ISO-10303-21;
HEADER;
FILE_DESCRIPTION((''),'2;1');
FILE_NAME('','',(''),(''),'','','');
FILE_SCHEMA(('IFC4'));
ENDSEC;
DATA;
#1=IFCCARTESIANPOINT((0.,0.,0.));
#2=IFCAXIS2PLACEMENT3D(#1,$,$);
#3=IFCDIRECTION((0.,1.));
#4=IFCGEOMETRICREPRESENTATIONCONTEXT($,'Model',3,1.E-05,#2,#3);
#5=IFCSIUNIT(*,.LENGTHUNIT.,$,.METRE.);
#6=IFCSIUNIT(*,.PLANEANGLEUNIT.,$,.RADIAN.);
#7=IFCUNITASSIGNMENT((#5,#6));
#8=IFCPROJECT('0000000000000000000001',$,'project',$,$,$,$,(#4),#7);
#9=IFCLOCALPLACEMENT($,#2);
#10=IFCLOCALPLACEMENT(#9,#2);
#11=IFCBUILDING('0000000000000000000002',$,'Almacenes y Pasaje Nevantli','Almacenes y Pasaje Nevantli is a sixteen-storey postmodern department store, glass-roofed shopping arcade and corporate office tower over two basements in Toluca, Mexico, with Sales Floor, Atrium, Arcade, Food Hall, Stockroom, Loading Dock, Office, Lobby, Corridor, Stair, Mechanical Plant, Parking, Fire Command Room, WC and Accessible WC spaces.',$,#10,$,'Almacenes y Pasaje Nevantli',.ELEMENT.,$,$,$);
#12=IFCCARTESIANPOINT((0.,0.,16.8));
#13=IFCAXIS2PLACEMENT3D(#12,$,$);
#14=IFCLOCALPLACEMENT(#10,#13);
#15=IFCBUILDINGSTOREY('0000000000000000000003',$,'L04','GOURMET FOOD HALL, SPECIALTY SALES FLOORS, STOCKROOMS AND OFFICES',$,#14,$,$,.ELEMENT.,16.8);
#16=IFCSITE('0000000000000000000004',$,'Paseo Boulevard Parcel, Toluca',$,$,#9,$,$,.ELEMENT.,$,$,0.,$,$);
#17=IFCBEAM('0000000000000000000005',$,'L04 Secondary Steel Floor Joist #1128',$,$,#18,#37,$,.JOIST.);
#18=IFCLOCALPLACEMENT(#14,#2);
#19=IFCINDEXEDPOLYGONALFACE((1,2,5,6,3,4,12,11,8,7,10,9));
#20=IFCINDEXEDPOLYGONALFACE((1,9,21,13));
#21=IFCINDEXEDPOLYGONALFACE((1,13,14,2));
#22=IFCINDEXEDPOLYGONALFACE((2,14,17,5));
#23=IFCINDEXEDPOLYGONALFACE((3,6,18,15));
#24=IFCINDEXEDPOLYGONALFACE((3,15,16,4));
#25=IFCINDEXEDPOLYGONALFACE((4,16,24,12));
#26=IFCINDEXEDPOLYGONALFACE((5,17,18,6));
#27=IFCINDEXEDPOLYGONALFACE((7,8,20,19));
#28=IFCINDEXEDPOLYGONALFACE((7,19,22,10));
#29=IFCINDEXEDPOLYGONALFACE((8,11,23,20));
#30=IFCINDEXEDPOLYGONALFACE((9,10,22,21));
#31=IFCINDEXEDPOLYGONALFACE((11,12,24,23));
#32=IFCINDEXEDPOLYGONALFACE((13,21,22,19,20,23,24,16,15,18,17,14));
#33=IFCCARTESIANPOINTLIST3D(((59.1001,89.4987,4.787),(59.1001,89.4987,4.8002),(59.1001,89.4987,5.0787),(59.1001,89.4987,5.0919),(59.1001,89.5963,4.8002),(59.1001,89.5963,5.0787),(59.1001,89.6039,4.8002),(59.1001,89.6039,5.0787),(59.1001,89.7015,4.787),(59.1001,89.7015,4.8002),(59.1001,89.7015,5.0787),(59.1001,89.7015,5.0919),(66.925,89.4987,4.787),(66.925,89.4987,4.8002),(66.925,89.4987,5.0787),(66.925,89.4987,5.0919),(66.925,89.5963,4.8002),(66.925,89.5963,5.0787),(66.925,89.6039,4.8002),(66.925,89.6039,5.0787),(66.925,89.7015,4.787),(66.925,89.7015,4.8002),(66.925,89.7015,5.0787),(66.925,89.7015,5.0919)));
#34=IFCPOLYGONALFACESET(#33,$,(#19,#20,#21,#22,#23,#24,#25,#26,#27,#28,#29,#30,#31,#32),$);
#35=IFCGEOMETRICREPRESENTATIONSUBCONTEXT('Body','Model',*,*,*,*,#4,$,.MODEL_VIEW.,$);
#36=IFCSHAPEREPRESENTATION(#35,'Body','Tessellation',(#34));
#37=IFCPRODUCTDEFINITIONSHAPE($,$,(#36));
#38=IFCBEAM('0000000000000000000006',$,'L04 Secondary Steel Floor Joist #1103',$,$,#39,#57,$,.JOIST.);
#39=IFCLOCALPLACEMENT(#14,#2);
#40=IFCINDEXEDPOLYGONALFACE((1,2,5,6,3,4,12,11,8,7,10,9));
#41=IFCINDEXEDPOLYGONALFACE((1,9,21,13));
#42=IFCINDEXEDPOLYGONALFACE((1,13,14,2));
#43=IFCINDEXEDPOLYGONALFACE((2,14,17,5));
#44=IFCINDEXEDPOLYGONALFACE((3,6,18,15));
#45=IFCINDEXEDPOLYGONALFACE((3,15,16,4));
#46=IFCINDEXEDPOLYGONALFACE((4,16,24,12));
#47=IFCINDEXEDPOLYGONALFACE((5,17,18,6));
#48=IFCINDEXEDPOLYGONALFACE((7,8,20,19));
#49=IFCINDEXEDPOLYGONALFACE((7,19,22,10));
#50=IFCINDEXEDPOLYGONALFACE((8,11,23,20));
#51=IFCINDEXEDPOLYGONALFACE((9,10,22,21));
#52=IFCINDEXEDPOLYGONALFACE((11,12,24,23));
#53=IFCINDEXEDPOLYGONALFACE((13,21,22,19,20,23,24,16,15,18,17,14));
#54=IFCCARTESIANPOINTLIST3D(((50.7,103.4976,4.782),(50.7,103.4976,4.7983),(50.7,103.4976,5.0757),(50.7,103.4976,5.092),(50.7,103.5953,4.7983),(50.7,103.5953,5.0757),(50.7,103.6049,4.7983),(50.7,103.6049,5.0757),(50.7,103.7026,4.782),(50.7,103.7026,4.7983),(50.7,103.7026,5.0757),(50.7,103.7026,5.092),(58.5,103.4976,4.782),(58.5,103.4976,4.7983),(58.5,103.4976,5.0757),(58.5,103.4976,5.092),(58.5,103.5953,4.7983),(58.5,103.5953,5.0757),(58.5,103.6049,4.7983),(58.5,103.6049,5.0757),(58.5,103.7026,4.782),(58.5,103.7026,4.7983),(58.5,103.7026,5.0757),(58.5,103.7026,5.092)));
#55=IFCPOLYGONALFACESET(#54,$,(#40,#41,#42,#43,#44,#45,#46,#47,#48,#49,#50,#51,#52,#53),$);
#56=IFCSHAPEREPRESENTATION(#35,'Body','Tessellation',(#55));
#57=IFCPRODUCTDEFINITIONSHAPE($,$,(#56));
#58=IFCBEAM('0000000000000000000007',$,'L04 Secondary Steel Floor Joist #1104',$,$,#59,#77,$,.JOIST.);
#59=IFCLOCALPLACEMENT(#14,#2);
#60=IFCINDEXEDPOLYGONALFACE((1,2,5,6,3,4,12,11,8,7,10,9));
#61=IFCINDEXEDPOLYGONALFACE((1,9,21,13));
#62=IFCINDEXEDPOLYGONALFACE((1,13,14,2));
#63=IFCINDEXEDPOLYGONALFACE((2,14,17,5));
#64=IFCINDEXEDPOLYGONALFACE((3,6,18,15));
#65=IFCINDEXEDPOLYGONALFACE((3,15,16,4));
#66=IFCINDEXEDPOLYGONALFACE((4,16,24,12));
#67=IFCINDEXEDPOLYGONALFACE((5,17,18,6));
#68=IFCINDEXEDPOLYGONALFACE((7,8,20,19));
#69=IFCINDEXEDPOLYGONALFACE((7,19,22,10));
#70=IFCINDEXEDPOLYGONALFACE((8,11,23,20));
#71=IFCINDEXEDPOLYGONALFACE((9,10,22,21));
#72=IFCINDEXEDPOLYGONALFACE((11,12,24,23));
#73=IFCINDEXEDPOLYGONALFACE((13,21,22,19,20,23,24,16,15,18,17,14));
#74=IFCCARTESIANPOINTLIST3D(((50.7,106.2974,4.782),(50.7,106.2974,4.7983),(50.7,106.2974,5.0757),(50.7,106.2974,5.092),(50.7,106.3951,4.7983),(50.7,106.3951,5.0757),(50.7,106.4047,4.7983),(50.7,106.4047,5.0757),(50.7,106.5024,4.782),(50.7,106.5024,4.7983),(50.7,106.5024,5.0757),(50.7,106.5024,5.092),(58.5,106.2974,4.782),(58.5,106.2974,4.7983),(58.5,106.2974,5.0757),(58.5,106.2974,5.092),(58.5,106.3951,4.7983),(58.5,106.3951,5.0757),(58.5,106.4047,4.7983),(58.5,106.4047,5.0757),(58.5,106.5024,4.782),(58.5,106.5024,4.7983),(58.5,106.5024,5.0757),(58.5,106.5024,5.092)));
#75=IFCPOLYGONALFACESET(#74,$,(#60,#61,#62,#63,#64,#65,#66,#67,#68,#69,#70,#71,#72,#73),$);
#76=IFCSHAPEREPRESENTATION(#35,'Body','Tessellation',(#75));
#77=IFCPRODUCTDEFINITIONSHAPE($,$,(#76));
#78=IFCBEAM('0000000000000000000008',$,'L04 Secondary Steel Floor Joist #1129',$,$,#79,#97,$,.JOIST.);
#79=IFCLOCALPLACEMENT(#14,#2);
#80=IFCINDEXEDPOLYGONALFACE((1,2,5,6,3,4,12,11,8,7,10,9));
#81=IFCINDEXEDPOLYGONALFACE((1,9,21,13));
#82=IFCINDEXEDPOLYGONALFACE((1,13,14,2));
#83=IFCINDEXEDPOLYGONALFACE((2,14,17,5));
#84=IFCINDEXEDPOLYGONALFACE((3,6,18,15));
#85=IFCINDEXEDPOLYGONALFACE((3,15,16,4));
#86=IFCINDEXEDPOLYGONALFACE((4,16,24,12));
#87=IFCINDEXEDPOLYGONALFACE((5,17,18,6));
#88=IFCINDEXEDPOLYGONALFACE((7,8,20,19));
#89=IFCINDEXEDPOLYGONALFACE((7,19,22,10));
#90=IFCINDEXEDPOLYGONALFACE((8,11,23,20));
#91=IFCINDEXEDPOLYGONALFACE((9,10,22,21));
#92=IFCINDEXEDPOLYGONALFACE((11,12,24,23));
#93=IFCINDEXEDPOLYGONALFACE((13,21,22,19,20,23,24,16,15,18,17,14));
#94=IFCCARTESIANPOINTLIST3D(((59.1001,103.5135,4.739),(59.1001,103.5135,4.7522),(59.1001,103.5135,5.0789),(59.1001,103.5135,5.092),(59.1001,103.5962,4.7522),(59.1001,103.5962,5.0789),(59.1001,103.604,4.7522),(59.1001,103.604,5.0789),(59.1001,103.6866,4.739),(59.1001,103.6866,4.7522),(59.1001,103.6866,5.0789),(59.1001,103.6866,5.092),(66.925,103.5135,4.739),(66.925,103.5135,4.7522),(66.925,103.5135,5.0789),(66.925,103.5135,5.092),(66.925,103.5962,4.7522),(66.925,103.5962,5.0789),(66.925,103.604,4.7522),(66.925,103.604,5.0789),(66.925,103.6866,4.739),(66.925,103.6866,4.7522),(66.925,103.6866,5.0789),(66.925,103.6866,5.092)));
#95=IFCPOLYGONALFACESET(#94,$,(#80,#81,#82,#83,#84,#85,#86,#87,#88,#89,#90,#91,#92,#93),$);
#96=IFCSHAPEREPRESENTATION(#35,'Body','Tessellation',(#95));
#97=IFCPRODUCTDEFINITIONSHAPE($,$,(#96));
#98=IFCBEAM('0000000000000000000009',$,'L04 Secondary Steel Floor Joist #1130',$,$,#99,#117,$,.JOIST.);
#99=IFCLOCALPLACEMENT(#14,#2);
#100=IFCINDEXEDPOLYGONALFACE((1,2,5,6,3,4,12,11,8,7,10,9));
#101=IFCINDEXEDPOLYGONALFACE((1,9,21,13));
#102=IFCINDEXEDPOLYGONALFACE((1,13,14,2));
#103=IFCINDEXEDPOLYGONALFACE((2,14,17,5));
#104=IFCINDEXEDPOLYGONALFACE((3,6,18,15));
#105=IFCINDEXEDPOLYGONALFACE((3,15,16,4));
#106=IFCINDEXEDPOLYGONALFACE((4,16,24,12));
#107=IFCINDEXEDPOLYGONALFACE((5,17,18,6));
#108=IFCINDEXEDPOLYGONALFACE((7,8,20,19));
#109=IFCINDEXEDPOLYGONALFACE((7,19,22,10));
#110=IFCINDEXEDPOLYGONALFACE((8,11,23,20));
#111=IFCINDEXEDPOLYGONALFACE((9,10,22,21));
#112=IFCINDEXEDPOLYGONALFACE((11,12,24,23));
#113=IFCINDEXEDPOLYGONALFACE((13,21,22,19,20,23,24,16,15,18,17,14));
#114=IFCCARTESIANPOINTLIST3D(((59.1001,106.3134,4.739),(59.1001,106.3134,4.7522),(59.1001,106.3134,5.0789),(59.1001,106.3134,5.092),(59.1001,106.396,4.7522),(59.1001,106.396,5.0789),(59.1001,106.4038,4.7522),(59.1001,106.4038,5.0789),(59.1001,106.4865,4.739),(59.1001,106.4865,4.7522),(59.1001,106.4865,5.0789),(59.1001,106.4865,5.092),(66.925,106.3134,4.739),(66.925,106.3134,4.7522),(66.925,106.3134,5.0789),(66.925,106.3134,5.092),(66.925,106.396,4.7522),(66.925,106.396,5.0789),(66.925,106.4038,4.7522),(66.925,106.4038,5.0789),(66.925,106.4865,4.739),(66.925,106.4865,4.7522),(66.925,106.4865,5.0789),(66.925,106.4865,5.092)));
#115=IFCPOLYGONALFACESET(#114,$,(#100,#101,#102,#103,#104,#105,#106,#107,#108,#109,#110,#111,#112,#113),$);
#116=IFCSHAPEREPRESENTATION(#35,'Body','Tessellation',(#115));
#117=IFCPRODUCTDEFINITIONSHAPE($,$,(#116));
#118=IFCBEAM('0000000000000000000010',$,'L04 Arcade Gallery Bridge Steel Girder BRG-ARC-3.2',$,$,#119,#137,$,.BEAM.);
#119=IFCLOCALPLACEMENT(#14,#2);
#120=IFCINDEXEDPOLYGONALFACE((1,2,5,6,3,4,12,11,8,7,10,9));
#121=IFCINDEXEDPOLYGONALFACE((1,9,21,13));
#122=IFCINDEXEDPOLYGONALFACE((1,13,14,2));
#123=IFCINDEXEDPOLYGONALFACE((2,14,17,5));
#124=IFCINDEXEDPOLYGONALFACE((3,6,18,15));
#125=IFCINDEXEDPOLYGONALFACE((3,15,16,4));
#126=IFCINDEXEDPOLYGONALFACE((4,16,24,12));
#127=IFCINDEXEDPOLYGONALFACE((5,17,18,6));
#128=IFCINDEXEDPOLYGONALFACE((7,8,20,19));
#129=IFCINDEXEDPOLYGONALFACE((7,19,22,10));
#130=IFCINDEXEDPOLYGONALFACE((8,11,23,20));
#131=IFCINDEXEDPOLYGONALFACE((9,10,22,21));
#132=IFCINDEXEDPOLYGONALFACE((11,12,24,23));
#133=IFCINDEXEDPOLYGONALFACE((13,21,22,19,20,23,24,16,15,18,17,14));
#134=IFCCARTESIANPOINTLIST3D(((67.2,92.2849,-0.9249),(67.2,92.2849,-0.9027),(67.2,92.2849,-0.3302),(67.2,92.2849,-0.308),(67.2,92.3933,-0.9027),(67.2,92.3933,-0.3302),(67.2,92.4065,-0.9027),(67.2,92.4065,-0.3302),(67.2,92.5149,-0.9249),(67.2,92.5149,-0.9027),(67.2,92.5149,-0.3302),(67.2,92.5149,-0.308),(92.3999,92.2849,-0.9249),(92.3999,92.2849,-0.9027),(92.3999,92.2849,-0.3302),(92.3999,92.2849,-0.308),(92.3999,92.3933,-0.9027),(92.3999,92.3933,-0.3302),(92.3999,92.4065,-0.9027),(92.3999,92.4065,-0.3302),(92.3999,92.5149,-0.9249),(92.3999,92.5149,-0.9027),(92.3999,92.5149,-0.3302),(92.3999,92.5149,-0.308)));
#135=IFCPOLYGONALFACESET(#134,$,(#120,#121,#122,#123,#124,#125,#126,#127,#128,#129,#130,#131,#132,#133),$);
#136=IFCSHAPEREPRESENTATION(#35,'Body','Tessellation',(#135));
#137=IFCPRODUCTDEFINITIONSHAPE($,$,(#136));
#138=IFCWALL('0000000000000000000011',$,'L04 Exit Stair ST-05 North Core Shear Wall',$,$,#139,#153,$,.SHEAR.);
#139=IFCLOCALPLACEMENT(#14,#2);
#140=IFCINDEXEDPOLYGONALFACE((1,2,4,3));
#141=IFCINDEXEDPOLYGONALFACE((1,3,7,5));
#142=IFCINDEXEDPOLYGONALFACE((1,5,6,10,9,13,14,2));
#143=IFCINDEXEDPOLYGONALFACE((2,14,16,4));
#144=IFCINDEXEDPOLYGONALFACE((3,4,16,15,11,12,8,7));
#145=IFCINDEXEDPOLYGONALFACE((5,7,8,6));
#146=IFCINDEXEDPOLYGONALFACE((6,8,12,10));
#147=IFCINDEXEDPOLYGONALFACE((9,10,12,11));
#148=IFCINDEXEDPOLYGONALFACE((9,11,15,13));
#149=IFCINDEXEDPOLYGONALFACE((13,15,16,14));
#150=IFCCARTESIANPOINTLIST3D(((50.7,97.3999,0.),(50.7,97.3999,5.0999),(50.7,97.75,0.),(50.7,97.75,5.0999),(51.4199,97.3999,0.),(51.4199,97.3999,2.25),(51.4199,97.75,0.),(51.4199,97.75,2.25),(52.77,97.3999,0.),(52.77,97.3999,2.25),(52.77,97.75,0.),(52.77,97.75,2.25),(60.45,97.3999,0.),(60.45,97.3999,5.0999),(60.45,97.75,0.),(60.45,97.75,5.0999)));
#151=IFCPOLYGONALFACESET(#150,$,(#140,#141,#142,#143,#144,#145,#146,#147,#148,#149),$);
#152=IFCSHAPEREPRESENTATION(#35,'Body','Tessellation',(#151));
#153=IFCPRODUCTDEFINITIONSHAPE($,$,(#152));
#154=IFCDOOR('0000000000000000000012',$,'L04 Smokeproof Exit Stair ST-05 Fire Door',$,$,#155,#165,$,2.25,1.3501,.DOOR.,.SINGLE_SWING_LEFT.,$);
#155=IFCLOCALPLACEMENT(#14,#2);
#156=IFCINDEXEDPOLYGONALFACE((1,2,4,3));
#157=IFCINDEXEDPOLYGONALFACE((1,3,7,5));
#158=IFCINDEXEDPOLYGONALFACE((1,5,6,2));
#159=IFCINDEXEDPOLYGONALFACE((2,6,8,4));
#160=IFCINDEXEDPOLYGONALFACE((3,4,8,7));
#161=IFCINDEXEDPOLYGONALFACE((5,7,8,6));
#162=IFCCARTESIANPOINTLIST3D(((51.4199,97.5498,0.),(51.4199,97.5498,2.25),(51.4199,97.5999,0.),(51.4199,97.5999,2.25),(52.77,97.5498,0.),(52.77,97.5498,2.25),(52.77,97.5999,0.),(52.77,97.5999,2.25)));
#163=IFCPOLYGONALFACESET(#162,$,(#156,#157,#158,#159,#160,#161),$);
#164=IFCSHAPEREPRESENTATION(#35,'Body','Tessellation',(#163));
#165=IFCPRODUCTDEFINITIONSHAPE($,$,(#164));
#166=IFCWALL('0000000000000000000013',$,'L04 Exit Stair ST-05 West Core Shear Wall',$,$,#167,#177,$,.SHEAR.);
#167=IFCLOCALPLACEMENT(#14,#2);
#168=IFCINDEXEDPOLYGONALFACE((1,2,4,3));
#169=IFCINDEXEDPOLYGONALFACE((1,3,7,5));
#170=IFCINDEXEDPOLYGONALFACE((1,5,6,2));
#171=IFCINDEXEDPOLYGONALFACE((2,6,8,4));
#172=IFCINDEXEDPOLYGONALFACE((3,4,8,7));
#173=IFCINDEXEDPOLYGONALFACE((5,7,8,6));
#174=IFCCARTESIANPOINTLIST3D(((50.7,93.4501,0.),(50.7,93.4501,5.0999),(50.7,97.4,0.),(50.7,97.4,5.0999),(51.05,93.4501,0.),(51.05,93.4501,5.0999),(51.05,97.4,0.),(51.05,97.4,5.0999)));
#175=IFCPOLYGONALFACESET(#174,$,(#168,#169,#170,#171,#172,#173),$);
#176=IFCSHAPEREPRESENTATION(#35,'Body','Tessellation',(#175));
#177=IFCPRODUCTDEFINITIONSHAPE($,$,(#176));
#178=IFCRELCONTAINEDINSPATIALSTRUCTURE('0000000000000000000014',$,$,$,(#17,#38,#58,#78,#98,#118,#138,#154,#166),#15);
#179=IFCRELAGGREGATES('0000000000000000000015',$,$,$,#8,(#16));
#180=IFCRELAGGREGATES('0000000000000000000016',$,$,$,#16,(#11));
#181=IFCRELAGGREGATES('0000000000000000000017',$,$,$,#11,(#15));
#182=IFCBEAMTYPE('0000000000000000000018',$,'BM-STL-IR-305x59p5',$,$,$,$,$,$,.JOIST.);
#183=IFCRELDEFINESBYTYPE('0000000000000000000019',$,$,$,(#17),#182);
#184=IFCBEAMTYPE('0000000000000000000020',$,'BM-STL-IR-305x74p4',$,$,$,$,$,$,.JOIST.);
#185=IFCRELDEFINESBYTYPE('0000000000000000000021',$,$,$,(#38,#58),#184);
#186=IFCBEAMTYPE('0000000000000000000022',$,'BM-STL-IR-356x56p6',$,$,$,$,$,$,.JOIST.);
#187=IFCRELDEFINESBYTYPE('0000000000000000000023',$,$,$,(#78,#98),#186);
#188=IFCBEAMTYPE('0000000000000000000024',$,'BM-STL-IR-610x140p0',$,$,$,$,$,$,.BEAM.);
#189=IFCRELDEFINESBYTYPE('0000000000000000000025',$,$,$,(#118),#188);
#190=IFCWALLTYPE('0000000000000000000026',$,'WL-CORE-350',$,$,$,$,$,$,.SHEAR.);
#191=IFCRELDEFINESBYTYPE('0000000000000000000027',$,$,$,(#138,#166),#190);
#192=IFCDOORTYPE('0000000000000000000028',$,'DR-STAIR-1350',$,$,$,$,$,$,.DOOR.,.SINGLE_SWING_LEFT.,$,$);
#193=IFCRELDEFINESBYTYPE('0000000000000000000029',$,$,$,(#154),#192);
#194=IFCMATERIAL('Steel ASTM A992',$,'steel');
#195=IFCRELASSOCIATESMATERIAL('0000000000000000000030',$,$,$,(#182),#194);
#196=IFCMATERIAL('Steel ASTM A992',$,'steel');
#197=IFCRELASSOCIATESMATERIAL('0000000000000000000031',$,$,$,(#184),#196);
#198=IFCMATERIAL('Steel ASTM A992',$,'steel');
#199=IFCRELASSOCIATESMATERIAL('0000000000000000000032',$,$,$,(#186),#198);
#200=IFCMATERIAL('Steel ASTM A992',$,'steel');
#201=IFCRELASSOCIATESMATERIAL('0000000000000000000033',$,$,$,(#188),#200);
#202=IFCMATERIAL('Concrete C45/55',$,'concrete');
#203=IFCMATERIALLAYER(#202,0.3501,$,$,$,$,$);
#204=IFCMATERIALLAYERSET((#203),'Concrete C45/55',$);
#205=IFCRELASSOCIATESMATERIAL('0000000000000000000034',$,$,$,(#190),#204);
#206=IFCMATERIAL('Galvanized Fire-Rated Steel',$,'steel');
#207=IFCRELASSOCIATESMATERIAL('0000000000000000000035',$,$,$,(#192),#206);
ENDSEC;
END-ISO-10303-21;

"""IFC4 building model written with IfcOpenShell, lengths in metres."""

from ifc_helpers import new_model, si_unit, direction, frame, frame_2d, origin, origin_2d, place, context, subcontext, project, spatial, rectangle, i_section, extrude, material, layer, layer_set, material_profile, profile_set, type_object, element, fill, save


model = new_model("IFC4")

# Units and contexts
model_context = context("Model", 3, precision=1e-05, world=origin(), true_north=direction((0.0, 1.0)))
body_context = subcontext(model_context, "Body", "Model", "MODEL_VIEW")
ifc_project = project(units=[si_unit("LENGTHUNIT", "METRE"), si_unit("PLANEANGLEUNIT", "RADIAN")], contexts=[model_context])

# Site, building, storey
site_placement = place(None, origin())
site = spatial("IfcSite", under=ifc_project, at=site_placement, Name="Paseo Boulevard Parcel, Toluca", CompositionType="ELEMENT", RefElevation=0.0)
building_placement = place(site_placement, origin())
building = spatial("IfcBuilding", under=site, at=building_placement, Name="Almacenes y Pasaje Nevantli", Description="Almacenes y Pasaje Nevantli is a sixteen-storey postmodern department store, glass-roofed shopping arcade and corporate office tower over two basements in Toluca, Mexico, with Sales Floor, Atrium, Arcade, Food Hall, Stockroom, Loading Dock, Office, Lobby, Corridor, Stair, Mechanical Plant, Parking, Fire Command Room, WC and Accessible WC spaces.", LongName="Almacenes y Pasaje Nevantli", CompositionType="ELEMENT")
storey_placement = place(building_placement, frame((0.0, 0.0, 16.8)))
storey = spatial("IfcBuildingStorey", under=building, at=storey_placement, Name="L04", Description="GOURMET FOOD HALL, SPECIALTY SALES FLOORS, STOCKROOMS AND OFFICES", CompositionType="ELEMENT", Elevation=16.8)

# Beams
ifc_material_1 = material(Name="Steel ASTM A992", Category="steel")
ifc_material_profile_1 = material_profile(ifc_material_1, i_section(OverallWidth=0.2029, OverallDepth=0.3049, WebThickness=0.0076, FlangeThickness=0.0132, at=origin_2d()), Name="IR 305x59.5")
ifc_profile_set_1 = profile_set([ifc_material_profile_1], Name="Steel ASTM A992")
beam_type_1 = type_object("IfcBeamType", Name="BM-STL-IR-305x59p5", PredefinedType="JOIST", material=ifc_profile_set_1)
beam_1_placement = place(storey_placement, frame((59.1001, 89.6001, 4.9395), z_axis=(1.0, 0.0, 0.0), x_axis=(0.0, 1.0, 0.0)))
element("IfcBeam", 1, at=beam_1_placement, inside=storey, type_object=beam_type_1, Name="L04 Secondary Steel Floor Joist #1128", PredefinedType="JOIST", context=body_context, shape_type="SweptSolid", body=[
    extrude(i_section(OverallWidth=0.2029, OverallDepth=0.3049, WebThickness=0.0076, FlangeThickness=0.0132, at=origin_2d()), origin(), (0.0, 0.0, 1.0), 7.825),
])
ifc_material_2 = material(Name="Steel ASTM A992", Category="steel")
ifc_material_profile_2 = material_profile(ifc_material_2, i_section(OverallWidth=0.2051, OverallDepth=0.3101, WebThickness=0.0095, FlangeThickness=0.0164, at=origin_2d()), Name="IR 305x74.4")
ifc_profile_set_2 = profile_set([ifc_material_profile_2], Name="Steel ASTM A992")
beam_type_2 = type_object("IfcBeamType", Name="BM-STL-IR-305x74p4", PredefinedType="JOIST", material=ifc_profile_set_2)
for number, where, z_axis, x_axis, name in (
    (2, (50.7, 103.6001, 4.937), (1.0, 0.0, 0.0), (0.0, 1.0, 0.0), "L04 Secondary Steel Floor Joist #1103"),
    (3, (50.7, 106.3999, 4.937), (1.0, 0.0, 0.0), (0.0, 1.0, 0.0), "L04 Secondary Steel Floor Joist #1104"),
):
    element("IfcBeam", number, at=place(storey_placement, frame(where, z_axis=z_axis, x_axis=x_axis)), inside=storey, type_object=beam_type_2, Name=name, PredefinedType="JOIST", context=body_context, shape_type="SweptSolid", body=[
        extrude(i_section(OverallWidth=0.2051, OverallDepth=0.3101, WebThickness=0.0095, FlangeThickness=0.0164, at=origin_2d()), origin(), (0.0, 0.0, 1.0), 7.8),
    ])
ifc_material_3 = material(Name="Steel ASTM A992", Category="steel")
ifc_material_profile_3 = material_profile(ifc_material_3, i_section(OverallWidth=0.1731, OverallDepth=0.353, WebThickness=0.0078, FlangeThickness=0.0132, at=origin_2d()), Name="IR 356x56.6")
ifc_profile_set_3 = profile_set([ifc_material_profile_3], Name="Steel ASTM A992")
beam_type_3 = type_object("IfcBeamType", Name="BM-STL-IR-356x56p6", PredefinedType="JOIST", material=ifc_profile_set_3)
for number, where, z_axis, x_axis, name in (
    (4, (59.1001, 103.6001, 4.9155), (1.0, 0.0, 0.0), (0.0, 1.0, 0.0), "L04 Secondary Steel Floor Joist #1129"),
    (5, (59.1001, 106.3999, 4.9155), (1.0, 0.0, 0.0), (0.0, 1.0, 0.0), "L04 Secondary Steel Floor Joist #1130"),
):
    element("IfcBeam", number, at=place(storey_placement, frame(where, z_axis=z_axis, x_axis=x_axis)), inside=storey, type_object=beam_type_3, Name=name, PredefinedType="JOIST", context=body_context, shape_type="SweptSolid", body=[
        extrude(i_section(OverallWidth=0.1731, OverallDepth=0.353, WebThickness=0.0078, FlangeThickness=0.0132, at=origin_2d()), origin(), (0.0, 0.0, 1.0), 7.825),
    ])
ifc_material_4 = material(Name="Steel ASTM A992", Category="steel")
ifc_material_profile_4 = material_profile(ifc_material_4, i_section(OverallWidth=0.23, OverallDepth=0.6169, WebThickness=0.0132, FlangeThickness=0.0222, at=origin_2d()), Name="IR 610x140.0")
ifc_profile_set_4 = profile_set([ifc_material_profile_4], Name="Steel ASTM A992")
beam_type_4 = type_object("IfcBeamType", Name="BM-STL-IR-610x140p0", PredefinedType="BEAM", material=ifc_profile_set_4)
beam_2_placement = place(storey_placement, frame((67.2, 92.3999, -0.6165), z_axis=(1.0, 0.0, 0.0), x_axis=(0.0, 1.0, 0.0)))
element("IfcBeam", 6, at=beam_2_placement, inside=storey, type_object=beam_type_4, Name="L04 Arcade Gallery Bridge Steel Girder BRG-ARC-3.2", PredefinedType="BEAM", context=body_context, shape_type="SweptSolid", body=[
    extrude(i_section(OverallWidth=0.23, OverallDepth=0.6169, WebThickness=0.0132, FlangeThickness=0.0222, at=origin_2d()), origin(), (0.0, 0.0, 1.0), 25.2),
])

# Wall, opening, door
ifc_material_5 = material(Name="Concrete C45/55", Category="concrete")
ifc_layer_1 = layer(ifc_material_5, 0.3501)
ifc_layer_set_1 = layer_set([ifc_layer_1], Name="Concrete C45/55")
wall_type = type_object("IfcWallType", Name="WL-CORE-350", PredefinedType="SHEAR", material=ifc_layer_set_1)
wall_placement = place(storey_placement, frame((50.7, 97.575, 0.0), z_axis=(0.0, 0.0, 1.0), x_axis=(1.0, 0.0, 0.0)))
wall = element("IfcWall", 7, at=wall_placement, inside=storey, type_object=wall_type, Name="L04 Exit Stair ST-05 North Core Shear Wall", PredefinedType="SHEAR", context=body_context, shape_type="SweptSolid", body=[
    extrude(rectangle(XDim=9.75, YDim=0.3501, at=frame_2d((4.875, 0.0))), origin(), (0.0, 0.0, 1.0), 5.0999),
])
opening_placement = place(wall_placement, frame((0.72, 0.0, 0.0)))
opening = element("IfcOpeningElement", 8, at=opening_placement, cuts=wall, PredefinedType="OPENING", context=body_context, shape_type="SweptSolid", body=[
    extrude(rectangle(XDim=1.3501, YDim=2.25, at=frame_2d((0.675, 1.125))), frame((0.0, 0.1851, 0.0), z_axis=(0.0, -1.0, 0.0), x_axis=(1.0, 0.0, 0.0)), (0.0, 0.0, 1.0), 0.3701),
])
ifc_material_6 = material(Name="Galvanized Fire-Rated Steel", Category="steel")
door_type = type_object("IfcDoorType", Name="DR-STAIR-1350", OperationType="SINGLE_SWING_LEFT", PredefinedType="DOOR", material=ifc_material_6)
door_placement = place(opening_placement, origin())
door = element("IfcDoor", 9, at=door_placement, inside=storey, type_object=door_type, Name="L04 Smokeproof Exit Stair ST-05 Fire Door", OperationType="SINGLE_SWING_LEFT", OverallHeight=2.25, OverallWidth=1.3501, PredefinedType="DOOR", context=body_context, shape_type="SweptSolid", body=[
    extrude(rectangle(XDim=1.3501, YDim=2.25, at=frame_2d((0.675, 1.125))), frame((0.0, 0.0249, 0.0), z_axis=(0.0, -1.0, 0.0), x_axis=(1.0, 0.0, 0.0)), (0.0, 0.0, 1.0), 0.05),
])
fill(opening, door)

# Wall
for number, where, z_axis, x_axis, name in (
    (10, (50.875, 93.45, 0.0), (0.0, 0.0, 1.0), (0.0, 1.0, 0.0), "L04 Exit Stair ST-05 West Core Shear Wall"),
):
    element("IfcWall", number, at=place(storey_placement, frame(where, z_axis=z_axis, x_axis=x_axis)), inside=storey, type_object=wall_type, Name=name, PredefinedType="SHEAR", context=body_context, shape_type="SweptSolid", body=[
        extrude(rectangle(XDim=3.95, YDim=0.3501, at=frame_2d((1.9751, 0.0))), origin(), (0.0, 0.0, 1.0), 5.0999),
    ])

save(model, "model.ifc")
